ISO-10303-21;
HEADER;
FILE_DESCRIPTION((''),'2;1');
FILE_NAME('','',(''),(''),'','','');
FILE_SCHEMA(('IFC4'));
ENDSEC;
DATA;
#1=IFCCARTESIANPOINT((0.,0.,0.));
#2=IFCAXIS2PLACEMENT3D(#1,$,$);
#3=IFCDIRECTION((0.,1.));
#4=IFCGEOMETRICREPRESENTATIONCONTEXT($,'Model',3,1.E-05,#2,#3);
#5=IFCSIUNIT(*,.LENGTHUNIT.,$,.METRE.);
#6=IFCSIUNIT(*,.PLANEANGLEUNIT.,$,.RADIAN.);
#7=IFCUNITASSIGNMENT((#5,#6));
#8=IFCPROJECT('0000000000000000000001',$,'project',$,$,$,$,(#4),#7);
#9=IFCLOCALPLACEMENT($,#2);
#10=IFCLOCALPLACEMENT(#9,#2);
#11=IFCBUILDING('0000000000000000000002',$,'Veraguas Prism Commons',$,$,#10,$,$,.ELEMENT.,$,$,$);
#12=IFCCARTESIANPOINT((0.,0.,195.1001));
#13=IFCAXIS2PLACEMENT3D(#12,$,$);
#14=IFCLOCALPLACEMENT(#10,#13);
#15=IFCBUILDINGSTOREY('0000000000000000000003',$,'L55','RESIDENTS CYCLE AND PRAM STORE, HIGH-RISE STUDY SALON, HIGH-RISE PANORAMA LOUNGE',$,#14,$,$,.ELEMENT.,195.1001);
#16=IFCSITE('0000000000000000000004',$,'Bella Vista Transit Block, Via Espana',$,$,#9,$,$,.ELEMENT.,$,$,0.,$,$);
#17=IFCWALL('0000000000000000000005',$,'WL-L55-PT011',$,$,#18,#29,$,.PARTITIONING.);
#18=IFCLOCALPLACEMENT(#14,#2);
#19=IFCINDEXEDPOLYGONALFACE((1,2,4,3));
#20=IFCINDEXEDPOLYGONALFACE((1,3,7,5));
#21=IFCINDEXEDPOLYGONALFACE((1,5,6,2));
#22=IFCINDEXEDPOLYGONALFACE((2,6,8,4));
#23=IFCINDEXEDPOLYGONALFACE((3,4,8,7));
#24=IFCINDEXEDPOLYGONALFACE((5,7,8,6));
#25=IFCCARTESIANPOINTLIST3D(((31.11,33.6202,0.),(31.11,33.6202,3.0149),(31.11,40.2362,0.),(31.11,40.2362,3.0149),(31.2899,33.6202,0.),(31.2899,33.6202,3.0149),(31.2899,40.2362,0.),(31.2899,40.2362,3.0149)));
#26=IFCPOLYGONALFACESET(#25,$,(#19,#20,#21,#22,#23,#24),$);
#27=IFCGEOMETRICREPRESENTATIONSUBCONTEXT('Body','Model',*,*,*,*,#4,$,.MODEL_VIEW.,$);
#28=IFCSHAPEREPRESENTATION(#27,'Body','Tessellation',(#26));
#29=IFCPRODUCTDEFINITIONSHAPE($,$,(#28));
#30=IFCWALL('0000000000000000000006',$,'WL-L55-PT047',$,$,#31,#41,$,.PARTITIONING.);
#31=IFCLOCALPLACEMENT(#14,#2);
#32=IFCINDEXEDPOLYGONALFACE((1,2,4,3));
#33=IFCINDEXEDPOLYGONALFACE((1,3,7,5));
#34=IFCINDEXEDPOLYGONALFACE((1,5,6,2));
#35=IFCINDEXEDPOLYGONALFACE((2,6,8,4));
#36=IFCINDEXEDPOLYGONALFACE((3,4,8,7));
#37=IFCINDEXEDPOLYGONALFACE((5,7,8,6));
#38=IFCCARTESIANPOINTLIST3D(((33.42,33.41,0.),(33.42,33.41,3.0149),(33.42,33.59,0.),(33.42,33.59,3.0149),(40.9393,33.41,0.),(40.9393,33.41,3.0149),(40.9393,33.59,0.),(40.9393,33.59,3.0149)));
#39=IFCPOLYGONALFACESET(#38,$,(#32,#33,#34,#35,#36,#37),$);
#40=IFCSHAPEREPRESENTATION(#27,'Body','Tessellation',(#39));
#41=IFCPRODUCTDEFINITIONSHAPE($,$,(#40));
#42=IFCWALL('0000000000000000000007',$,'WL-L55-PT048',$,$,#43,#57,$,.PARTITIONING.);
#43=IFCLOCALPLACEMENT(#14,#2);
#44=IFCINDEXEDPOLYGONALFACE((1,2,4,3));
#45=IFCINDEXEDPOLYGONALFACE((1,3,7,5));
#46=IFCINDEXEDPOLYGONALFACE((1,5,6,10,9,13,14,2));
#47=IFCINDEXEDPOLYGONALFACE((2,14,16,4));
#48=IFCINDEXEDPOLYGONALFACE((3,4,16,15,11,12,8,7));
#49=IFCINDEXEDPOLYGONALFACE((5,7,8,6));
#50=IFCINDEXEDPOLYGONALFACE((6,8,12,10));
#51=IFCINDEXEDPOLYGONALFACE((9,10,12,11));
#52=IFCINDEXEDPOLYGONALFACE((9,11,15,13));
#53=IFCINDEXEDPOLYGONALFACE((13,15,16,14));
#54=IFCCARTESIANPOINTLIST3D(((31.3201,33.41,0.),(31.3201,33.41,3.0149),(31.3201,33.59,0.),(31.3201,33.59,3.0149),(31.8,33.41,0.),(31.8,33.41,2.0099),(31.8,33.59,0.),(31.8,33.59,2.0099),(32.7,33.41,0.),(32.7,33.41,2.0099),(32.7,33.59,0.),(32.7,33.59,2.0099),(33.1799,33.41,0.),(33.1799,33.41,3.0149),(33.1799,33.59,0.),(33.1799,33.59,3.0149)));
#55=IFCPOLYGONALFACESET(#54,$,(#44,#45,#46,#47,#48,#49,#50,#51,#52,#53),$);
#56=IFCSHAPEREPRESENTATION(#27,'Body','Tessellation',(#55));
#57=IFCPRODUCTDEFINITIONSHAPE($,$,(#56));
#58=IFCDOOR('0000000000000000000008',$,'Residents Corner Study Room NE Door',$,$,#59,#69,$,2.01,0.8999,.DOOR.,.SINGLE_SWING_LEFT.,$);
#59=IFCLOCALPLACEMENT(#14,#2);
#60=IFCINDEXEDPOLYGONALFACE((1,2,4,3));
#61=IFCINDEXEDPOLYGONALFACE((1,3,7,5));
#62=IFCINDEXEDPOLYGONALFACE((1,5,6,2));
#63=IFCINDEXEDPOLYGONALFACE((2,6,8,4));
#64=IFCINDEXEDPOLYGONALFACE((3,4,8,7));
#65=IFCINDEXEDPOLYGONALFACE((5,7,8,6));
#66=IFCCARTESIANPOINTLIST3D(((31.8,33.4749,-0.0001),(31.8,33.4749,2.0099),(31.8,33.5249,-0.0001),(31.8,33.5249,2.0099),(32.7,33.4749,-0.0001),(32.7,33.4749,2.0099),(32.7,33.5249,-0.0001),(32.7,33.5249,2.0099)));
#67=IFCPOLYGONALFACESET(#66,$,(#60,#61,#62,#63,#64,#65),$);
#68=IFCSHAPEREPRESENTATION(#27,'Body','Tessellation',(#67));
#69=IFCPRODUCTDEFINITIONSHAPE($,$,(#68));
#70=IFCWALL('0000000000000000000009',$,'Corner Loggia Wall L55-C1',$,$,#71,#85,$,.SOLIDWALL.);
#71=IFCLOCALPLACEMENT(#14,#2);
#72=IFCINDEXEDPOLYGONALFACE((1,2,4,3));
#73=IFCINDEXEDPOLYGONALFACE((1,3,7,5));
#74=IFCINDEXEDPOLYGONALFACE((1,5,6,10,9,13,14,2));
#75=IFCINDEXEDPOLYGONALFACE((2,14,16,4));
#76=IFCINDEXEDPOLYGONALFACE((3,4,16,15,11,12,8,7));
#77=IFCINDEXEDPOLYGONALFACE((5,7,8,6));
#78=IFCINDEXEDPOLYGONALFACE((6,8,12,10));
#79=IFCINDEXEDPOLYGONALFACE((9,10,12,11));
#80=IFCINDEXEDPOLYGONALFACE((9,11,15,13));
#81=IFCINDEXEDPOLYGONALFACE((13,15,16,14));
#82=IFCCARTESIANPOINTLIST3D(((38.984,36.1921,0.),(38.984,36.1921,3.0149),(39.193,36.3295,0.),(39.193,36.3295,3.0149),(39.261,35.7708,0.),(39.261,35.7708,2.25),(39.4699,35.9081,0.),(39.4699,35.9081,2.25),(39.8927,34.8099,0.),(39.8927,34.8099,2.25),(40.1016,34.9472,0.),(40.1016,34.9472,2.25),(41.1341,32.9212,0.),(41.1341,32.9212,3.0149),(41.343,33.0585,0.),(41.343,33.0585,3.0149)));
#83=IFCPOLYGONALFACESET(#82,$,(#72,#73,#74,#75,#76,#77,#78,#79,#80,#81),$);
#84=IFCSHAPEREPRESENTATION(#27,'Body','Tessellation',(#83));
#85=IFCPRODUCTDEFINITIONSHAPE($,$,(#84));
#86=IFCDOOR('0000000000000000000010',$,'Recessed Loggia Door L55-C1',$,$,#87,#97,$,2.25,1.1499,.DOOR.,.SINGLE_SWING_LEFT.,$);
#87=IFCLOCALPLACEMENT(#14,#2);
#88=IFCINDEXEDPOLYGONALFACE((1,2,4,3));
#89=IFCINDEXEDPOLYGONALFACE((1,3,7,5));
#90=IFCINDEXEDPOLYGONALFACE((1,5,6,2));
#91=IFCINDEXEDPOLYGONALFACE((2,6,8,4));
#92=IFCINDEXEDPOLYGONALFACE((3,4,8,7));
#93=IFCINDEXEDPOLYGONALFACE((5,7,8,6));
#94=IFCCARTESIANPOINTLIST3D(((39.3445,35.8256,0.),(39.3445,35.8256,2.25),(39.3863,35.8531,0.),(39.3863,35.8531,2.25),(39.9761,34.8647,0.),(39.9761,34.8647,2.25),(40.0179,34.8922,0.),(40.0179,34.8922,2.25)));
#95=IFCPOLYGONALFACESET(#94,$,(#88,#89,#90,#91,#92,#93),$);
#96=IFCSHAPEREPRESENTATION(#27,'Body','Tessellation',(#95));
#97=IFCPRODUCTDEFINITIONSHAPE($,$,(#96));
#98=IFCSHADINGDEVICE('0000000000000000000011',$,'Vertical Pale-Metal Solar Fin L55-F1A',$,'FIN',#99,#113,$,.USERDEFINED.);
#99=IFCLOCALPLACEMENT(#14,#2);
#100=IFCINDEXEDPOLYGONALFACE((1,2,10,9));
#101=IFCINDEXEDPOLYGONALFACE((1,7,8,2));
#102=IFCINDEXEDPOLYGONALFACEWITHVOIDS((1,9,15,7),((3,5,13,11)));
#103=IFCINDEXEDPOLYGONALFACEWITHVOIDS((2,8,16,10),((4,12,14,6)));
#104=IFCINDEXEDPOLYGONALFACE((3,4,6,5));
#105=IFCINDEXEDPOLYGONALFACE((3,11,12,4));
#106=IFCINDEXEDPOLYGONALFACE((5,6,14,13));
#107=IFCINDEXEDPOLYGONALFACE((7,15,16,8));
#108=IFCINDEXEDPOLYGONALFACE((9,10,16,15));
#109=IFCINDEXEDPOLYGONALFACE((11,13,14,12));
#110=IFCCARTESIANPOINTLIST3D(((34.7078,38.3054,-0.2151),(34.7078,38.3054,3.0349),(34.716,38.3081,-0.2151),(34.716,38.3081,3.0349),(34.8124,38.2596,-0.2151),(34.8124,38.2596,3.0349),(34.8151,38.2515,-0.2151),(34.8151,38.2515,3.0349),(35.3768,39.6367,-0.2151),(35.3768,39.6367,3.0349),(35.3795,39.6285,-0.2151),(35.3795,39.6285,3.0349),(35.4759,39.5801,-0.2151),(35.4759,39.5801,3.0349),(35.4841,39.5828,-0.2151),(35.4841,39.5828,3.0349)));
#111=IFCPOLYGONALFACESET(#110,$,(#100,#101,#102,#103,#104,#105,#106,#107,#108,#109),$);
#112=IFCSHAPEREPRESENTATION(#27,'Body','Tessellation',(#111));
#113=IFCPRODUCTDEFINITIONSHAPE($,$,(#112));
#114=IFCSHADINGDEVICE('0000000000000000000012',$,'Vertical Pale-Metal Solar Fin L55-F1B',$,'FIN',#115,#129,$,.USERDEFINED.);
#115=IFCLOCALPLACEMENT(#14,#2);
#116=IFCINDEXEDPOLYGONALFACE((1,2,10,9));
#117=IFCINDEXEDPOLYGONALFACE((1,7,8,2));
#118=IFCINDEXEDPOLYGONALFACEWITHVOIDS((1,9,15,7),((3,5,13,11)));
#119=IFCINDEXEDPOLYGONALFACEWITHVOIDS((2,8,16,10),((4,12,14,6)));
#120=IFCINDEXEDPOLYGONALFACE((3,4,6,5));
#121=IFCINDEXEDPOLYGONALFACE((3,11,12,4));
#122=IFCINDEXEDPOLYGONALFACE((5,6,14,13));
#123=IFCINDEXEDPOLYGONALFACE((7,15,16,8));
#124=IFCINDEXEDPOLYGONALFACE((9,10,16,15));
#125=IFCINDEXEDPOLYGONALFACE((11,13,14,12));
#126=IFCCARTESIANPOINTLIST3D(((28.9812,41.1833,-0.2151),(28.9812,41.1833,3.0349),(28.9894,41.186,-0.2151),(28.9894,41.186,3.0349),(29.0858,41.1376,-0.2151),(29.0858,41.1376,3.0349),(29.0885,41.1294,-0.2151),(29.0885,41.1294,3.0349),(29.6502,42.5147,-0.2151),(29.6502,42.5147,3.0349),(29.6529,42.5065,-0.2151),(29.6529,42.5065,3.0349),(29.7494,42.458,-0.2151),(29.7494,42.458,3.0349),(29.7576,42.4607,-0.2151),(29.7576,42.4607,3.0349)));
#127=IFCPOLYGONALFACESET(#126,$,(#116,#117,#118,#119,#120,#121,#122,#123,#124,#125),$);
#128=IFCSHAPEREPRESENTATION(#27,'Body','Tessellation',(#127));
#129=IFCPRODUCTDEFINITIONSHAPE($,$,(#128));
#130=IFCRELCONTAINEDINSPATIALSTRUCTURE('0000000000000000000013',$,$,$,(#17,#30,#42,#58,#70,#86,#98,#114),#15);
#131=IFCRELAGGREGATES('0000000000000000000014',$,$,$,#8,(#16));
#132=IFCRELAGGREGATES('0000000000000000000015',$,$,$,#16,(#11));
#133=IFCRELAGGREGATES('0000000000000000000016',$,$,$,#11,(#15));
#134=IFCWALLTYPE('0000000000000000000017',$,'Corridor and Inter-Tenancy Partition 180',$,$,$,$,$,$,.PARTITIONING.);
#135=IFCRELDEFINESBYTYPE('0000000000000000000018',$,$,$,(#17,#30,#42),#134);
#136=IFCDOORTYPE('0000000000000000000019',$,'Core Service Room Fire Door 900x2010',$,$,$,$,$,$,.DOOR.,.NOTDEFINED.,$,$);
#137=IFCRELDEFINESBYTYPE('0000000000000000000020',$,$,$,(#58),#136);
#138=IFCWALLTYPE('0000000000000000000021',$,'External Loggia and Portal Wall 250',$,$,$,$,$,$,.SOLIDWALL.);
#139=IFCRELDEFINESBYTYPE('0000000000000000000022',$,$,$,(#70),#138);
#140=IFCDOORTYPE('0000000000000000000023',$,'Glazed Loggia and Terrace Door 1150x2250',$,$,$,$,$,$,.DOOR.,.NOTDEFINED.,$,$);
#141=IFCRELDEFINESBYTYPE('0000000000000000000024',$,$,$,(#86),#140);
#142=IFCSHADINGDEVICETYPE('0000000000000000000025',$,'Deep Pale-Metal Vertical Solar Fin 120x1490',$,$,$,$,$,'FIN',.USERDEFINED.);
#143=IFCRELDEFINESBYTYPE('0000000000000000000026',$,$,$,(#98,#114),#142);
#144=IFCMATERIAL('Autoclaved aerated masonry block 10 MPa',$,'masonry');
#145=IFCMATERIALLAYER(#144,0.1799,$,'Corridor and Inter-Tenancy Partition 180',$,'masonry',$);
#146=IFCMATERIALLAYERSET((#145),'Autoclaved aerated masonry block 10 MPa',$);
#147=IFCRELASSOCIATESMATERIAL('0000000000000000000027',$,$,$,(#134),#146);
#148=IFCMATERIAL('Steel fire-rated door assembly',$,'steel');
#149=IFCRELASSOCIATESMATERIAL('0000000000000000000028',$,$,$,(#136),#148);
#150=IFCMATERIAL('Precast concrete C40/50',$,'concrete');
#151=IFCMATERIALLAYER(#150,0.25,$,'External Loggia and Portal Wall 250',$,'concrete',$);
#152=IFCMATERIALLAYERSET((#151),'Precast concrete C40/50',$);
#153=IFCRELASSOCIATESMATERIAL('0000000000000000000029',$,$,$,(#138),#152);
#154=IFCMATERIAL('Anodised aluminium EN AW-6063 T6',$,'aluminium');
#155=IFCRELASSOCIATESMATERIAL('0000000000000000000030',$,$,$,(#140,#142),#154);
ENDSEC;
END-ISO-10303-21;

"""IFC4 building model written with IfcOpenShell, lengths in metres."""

from ifc_helpers import new_model, si_unit, direction, frame, frame_2d, origin, origin_2d, place, context, subcontext, project, spatial, rectangle, hollow_rectangle, extrude, source, transform, mapped, material, layer, layer_set, material_profile, profile_set, type_object, element, fill, save


model = new_model("IFC4")

# Units and contexts
model_context = context("Model", 3, precision=1e-05, world=origin(), true_north=direction((0.0, 1.0)))
body_context = subcontext(model_context, "Body", "Model", "MODEL_VIEW")
ifc_project = project(units=[si_unit("LENGTHUNIT", "METRE"), si_unit("PLANEANGLEUNIT", "RADIAN")], contexts=[model_context])

# Site, building, storey
site_placement = place(None, origin())
site = spatial("IfcSite", under=ifc_project, at=site_placement, Name="Bella Vista Transit Block, Via Espana", CompositionType="ELEMENT", RefElevation=0.0)
building_placement = place(site_placement, origin())
building = spatial("IfcBuilding", under=site, at=building_placement, Name="Veraguas Prism Commons", CompositionType="ELEMENT")
storey_placement = place(building_placement, frame((0.0, 0.0, 195.1001)))
storey = spatial("IfcBuildingStorey", under=building, at=storey_placement, Name="L55", Description="RESIDENTS CYCLE AND PRAM STORE, HIGH-RISE STUDY SALON, HIGH-RISE PANORAMA LOUNGE", CompositionType="ELEMENT", Elevation=195.1001)

# Shared definitions
ifc_material_1 = material(Name="Anodised aluminium EN AW-6063 T6", Category="aluminium")

# Walls
ifc_material_2 = material(Name="Autoclaved aerated masonry block 10 MPa", Category="masonry")
ifc_layer_1 = layer(ifc_material_2, 0.1799, Name="Corridor and Inter-Tenancy Partition 180", Category="masonry")
ifc_layer_set_1 = layer_set([ifc_layer_1], Name="Autoclaved aerated masonry block 10 MPa")
wall_type_1 = type_object("IfcWallType", Name="Corridor and Inter-Tenancy Partition 180", PredefinedType="PARTITIONING", material=ifc_layer_set_1)
wall_1_placement = place(storey_placement, frame((31.2, 33.6201, 0.0), z_axis=(0.0, 0.0, 1.0), x_axis=(0.0, 1.0, 0.0)))
element("IfcWall", 1, at=wall_1_placement, inside=storey, type_object=wall_type_1, Name="WL-L55-PT011", PredefinedType="PARTITIONING", context=body_context, shape_type="SweptSolid", body=[
    extrude(rectangle(XDim=6.616, YDim=0.1799, at=frame_2d((3.3081, 0.0))), origin(), (0.0, 0.0, 1.0), 3.0149),
])
wall_2_placement = place(storey_placement, frame((33.4199, 33.5, 0.0), z_axis=(0.0, 0.0, 1.0), x_axis=(1.0, 0.0, 0.0)))
element("IfcWall", 2, at=wall_2_placement, inside=storey, type_object=wall_type_1, Name="WL-L55-PT047", PredefinedType="PARTITIONING", context=body_context, shape_type="SweptSolid", body=[
    extrude(rectangle(XDim=7.5193, YDim=0.1799, at=frame_2d((3.7598, 0.0))), origin(), (0.0, 0.0, 1.0), 3.0149),
])

# Walls, openings, doors
wall_3_placement = place(storey_placement, frame((31.3201, 33.5, 0.0), z_axis=(0.0, 0.0, 1.0), x_axis=(1.0, 0.0, 0.0)))
wall_3 = element("IfcWall", 3, at=wall_3_placement, inside=storey, type_object=wall_type_1, Name="WL-L55-PT048", PredefinedType="PARTITIONING", context=body_context, shape_type="SweptSolid", body=[
    extrude(rectangle(XDim=1.8599, YDim=0.1799, at=frame_2d((0.9299, 0.0))), origin(), (0.0, 0.0, 1.0), 3.0149),
])
opening_1_placement = place(wall_3_placement, frame((0.48, 0.0, 0.0)))
opening_1 = element("IfcOpeningElement", 4, at=opening_1_placement, cuts=wall_3, PredefinedType="OPENING", context=body_context, shape_type="SweptSolid", body=[
    extrude(rectangle(XDim=0.8999, YDim=2.01, at=frame_2d((0.45, 1.0049))), frame((0.0, 0.0999, 0.0), z_axis=(0.0, -1.0, 0.0), x_axis=(1.0, 0.0, 0.0)), (0.0, 0.0, 1.0), 0.2),
])
ifc_material_3 = material(Name="Steel fire-rated door assembly", Category="steel")
door_type_1 = type_object("IfcDoorType", Name="Core Service Room Fire Door 900x2010", OperationType="NOTDEFINED", PredefinedType="DOOR", material=ifc_material_3)
shared_shape_1 = source(origin(), body_context, "Body", "SweptSolid", [
    extrude(rectangle(XDim=0.8999, YDim=2.01, at=frame_2d((0.45, 1.0049))), frame((0.0, 0.0249, 0.0), z_axis=(0.0, -1.0, 0.0), x_axis=(1.0, 0.0, 0.0)), (0.0, 0.0, 1.0), 0.05),
])
door_1_placement = place(opening_1_placement, origin())
door_1 = element("IfcDoor", 5, at=door_1_placement, inside=storey, type_object=door_type_1, Name="Residents Corner Study Room NE Door", OperationType="SINGLE_SWING_LEFT", OverallHeight=2.01, OverallWidth=0.8999, PredefinedType="DOOR", context=body_context, shape_type="MappedRepresentation", body=[
    mapped(shared_shape_1, transform((0.0, 0.0, 0.0), scale=1.0)),
])
fill(opening_1, door_1)
ifc_material_4 = material(Name="Precast concrete C40/50", Category="concrete")
ifc_layer_2 = layer(ifc_material_4, 0.25, Name="External Loggia and Portal Wall 250", Category="concrete")
ifc_layer_set_2 = layer_set([ifc_layer_2], Name="Precast concrete C40/50")
wall_type_2 = type_object("IfcWallType", Name="External Loggia and Portal Wall 250", PredefinedType="SOLIDWALL", material=ifc_layer_set_2)
wall_4_placement = place(storey_placement, frame((41.2385, 32.99, 0.0), z_axis=(0.0, 0.0, 1.0), x_axis=(-0.549291, 0.835631, 0.0)))
wall_4 = element("IfcWall", 6, at=wall_4_placement, inside=storey, type_object=wall_type_2, Name="Corner Loggia Wall L55-C1", PredefinedType="SOLIDWALL", context=body_context, shape_type="SweptSolid", body=[
    extrude(rectangle(XDim=3.9143, YDim=0.25, at=frame_2d((1.957, 0.0))), origin(), (0.0, 0.0, 1.0), 3.0149),
])
opening_2_placement = place(wall_4_placement, frame((2.26, 0.0, 0.0)))
opening_2 = element("IfcOpeningElement", 7, at=opening_2_placement, cuts=wall_4, PredefinedType="OPENING", context=body_context, shape_type="SweptSolid", body=[
    extrude(rectangle(XDim=1.1499, YDim=2.25, at=frame_2d((0.575, 1.125))), frame((0.0, 0.135, 0.0), z_axis=(0.0, -1.0, 0.0), x_axis=(1.0, 0.0, 0.0)), (0.0, 0.0, 1.0), 0.27),
])
door_type_2 = type_object("IfcDoorType", Name="Glazed Loggia and Terrace Door 1150x2250", OperationType="NOTDEFINED", PredefinedType="DOOR", material=ifc_material_1)
shared_shape_2 = source(origin(), body_context, "Body", "SweptSolid", [
    extrude(rectangle(XDim=1.1499, YDim=2.25, at=frame_2d((0.575, 1.125))), frame((0.0, 0.0249, 0.0), z_axis=(0.0, -1.0, 0.0), x_axis=(1.0, 0.0, 0.0)), (0.0, 0.0, 1.0), 0.05),
])
door_2_placement = place(opening_2_placement, frame((1.1499, 0.0, 0.0), z_axis=(0.0, 0.0, 1.0), x_axis=(-1.0, 0.0, 0.0)))
door_2 = element("IfcDoor", 8, at=door_2_placement, inside=storey, type_object=door_type_2, Name="Recessed Loggia Door L55-C1", OperationType="SINGLE_SWING_LEFT", OverallHeight=2.25, OverallWidth=1.1499, PredefinedType="DOOR", context=body_context, shape_type="MappedRepresentation", body=[
    mapped(shared_shape_2, transform((0.0, 0.0, 0.0), scale=1.0)),
])
fill(opening_2, door_2)

# Shading devices
ifc_material_profile_1 = material_profile(ifc_material_1, hollow_rectangle(XDim=0.1201, YDim=1.49, WallThickness=0.0061, at=origin_2d()), Name="FIN120X1490X6")
ifc_profile_set_1 = profile_set([ifc_material_profile_1], Name="Anodised aluminium EN AW-6063 T6")
shading_device_type = type_object("IfcShadingDeviceType", Name="Deep Pale-Metal Vertical Solar Fin 120x1490", ElementType="FIN", PredefinedType="USERDEFINED", material=ifc_profile_set_1)
for number, where, z_axis, x_axis, name in (
    (9, (35.0959, 38.9441, -0.2151), (0.0, 0.0, 1.0), (-0.893528, 0.449007, 0.0), "Vertical Pale-Metal Solar Fin L55-F1A"),
    (10, (29.3694, 41.822, -0.2151), (0.0, 0.0, 1.0), (-0.893528, 0.449007, 0.0), "Vertical Pale-Metal Solar Fin L55-F1B"),
):
    element("IfcShadingDevice", number, at=place(storey_placement, frame(where, z_axis=z_axis, x_axis=x_axis)), inside=storey, type_object=shading_device_type, Name=name, ObjectType="FIN", PredefinedType="USERDEFINED", context=body_context, shape_type="SweptSolid", body=[
        extrude(hollow_rectangle(XDim=0.1201, YDim=1.49, WallThickness=0.0061, at=origin_2d()), origin(), (0.0, 0.0, 1.0), 3.25),
    ])

save(model, "model.ifc")
